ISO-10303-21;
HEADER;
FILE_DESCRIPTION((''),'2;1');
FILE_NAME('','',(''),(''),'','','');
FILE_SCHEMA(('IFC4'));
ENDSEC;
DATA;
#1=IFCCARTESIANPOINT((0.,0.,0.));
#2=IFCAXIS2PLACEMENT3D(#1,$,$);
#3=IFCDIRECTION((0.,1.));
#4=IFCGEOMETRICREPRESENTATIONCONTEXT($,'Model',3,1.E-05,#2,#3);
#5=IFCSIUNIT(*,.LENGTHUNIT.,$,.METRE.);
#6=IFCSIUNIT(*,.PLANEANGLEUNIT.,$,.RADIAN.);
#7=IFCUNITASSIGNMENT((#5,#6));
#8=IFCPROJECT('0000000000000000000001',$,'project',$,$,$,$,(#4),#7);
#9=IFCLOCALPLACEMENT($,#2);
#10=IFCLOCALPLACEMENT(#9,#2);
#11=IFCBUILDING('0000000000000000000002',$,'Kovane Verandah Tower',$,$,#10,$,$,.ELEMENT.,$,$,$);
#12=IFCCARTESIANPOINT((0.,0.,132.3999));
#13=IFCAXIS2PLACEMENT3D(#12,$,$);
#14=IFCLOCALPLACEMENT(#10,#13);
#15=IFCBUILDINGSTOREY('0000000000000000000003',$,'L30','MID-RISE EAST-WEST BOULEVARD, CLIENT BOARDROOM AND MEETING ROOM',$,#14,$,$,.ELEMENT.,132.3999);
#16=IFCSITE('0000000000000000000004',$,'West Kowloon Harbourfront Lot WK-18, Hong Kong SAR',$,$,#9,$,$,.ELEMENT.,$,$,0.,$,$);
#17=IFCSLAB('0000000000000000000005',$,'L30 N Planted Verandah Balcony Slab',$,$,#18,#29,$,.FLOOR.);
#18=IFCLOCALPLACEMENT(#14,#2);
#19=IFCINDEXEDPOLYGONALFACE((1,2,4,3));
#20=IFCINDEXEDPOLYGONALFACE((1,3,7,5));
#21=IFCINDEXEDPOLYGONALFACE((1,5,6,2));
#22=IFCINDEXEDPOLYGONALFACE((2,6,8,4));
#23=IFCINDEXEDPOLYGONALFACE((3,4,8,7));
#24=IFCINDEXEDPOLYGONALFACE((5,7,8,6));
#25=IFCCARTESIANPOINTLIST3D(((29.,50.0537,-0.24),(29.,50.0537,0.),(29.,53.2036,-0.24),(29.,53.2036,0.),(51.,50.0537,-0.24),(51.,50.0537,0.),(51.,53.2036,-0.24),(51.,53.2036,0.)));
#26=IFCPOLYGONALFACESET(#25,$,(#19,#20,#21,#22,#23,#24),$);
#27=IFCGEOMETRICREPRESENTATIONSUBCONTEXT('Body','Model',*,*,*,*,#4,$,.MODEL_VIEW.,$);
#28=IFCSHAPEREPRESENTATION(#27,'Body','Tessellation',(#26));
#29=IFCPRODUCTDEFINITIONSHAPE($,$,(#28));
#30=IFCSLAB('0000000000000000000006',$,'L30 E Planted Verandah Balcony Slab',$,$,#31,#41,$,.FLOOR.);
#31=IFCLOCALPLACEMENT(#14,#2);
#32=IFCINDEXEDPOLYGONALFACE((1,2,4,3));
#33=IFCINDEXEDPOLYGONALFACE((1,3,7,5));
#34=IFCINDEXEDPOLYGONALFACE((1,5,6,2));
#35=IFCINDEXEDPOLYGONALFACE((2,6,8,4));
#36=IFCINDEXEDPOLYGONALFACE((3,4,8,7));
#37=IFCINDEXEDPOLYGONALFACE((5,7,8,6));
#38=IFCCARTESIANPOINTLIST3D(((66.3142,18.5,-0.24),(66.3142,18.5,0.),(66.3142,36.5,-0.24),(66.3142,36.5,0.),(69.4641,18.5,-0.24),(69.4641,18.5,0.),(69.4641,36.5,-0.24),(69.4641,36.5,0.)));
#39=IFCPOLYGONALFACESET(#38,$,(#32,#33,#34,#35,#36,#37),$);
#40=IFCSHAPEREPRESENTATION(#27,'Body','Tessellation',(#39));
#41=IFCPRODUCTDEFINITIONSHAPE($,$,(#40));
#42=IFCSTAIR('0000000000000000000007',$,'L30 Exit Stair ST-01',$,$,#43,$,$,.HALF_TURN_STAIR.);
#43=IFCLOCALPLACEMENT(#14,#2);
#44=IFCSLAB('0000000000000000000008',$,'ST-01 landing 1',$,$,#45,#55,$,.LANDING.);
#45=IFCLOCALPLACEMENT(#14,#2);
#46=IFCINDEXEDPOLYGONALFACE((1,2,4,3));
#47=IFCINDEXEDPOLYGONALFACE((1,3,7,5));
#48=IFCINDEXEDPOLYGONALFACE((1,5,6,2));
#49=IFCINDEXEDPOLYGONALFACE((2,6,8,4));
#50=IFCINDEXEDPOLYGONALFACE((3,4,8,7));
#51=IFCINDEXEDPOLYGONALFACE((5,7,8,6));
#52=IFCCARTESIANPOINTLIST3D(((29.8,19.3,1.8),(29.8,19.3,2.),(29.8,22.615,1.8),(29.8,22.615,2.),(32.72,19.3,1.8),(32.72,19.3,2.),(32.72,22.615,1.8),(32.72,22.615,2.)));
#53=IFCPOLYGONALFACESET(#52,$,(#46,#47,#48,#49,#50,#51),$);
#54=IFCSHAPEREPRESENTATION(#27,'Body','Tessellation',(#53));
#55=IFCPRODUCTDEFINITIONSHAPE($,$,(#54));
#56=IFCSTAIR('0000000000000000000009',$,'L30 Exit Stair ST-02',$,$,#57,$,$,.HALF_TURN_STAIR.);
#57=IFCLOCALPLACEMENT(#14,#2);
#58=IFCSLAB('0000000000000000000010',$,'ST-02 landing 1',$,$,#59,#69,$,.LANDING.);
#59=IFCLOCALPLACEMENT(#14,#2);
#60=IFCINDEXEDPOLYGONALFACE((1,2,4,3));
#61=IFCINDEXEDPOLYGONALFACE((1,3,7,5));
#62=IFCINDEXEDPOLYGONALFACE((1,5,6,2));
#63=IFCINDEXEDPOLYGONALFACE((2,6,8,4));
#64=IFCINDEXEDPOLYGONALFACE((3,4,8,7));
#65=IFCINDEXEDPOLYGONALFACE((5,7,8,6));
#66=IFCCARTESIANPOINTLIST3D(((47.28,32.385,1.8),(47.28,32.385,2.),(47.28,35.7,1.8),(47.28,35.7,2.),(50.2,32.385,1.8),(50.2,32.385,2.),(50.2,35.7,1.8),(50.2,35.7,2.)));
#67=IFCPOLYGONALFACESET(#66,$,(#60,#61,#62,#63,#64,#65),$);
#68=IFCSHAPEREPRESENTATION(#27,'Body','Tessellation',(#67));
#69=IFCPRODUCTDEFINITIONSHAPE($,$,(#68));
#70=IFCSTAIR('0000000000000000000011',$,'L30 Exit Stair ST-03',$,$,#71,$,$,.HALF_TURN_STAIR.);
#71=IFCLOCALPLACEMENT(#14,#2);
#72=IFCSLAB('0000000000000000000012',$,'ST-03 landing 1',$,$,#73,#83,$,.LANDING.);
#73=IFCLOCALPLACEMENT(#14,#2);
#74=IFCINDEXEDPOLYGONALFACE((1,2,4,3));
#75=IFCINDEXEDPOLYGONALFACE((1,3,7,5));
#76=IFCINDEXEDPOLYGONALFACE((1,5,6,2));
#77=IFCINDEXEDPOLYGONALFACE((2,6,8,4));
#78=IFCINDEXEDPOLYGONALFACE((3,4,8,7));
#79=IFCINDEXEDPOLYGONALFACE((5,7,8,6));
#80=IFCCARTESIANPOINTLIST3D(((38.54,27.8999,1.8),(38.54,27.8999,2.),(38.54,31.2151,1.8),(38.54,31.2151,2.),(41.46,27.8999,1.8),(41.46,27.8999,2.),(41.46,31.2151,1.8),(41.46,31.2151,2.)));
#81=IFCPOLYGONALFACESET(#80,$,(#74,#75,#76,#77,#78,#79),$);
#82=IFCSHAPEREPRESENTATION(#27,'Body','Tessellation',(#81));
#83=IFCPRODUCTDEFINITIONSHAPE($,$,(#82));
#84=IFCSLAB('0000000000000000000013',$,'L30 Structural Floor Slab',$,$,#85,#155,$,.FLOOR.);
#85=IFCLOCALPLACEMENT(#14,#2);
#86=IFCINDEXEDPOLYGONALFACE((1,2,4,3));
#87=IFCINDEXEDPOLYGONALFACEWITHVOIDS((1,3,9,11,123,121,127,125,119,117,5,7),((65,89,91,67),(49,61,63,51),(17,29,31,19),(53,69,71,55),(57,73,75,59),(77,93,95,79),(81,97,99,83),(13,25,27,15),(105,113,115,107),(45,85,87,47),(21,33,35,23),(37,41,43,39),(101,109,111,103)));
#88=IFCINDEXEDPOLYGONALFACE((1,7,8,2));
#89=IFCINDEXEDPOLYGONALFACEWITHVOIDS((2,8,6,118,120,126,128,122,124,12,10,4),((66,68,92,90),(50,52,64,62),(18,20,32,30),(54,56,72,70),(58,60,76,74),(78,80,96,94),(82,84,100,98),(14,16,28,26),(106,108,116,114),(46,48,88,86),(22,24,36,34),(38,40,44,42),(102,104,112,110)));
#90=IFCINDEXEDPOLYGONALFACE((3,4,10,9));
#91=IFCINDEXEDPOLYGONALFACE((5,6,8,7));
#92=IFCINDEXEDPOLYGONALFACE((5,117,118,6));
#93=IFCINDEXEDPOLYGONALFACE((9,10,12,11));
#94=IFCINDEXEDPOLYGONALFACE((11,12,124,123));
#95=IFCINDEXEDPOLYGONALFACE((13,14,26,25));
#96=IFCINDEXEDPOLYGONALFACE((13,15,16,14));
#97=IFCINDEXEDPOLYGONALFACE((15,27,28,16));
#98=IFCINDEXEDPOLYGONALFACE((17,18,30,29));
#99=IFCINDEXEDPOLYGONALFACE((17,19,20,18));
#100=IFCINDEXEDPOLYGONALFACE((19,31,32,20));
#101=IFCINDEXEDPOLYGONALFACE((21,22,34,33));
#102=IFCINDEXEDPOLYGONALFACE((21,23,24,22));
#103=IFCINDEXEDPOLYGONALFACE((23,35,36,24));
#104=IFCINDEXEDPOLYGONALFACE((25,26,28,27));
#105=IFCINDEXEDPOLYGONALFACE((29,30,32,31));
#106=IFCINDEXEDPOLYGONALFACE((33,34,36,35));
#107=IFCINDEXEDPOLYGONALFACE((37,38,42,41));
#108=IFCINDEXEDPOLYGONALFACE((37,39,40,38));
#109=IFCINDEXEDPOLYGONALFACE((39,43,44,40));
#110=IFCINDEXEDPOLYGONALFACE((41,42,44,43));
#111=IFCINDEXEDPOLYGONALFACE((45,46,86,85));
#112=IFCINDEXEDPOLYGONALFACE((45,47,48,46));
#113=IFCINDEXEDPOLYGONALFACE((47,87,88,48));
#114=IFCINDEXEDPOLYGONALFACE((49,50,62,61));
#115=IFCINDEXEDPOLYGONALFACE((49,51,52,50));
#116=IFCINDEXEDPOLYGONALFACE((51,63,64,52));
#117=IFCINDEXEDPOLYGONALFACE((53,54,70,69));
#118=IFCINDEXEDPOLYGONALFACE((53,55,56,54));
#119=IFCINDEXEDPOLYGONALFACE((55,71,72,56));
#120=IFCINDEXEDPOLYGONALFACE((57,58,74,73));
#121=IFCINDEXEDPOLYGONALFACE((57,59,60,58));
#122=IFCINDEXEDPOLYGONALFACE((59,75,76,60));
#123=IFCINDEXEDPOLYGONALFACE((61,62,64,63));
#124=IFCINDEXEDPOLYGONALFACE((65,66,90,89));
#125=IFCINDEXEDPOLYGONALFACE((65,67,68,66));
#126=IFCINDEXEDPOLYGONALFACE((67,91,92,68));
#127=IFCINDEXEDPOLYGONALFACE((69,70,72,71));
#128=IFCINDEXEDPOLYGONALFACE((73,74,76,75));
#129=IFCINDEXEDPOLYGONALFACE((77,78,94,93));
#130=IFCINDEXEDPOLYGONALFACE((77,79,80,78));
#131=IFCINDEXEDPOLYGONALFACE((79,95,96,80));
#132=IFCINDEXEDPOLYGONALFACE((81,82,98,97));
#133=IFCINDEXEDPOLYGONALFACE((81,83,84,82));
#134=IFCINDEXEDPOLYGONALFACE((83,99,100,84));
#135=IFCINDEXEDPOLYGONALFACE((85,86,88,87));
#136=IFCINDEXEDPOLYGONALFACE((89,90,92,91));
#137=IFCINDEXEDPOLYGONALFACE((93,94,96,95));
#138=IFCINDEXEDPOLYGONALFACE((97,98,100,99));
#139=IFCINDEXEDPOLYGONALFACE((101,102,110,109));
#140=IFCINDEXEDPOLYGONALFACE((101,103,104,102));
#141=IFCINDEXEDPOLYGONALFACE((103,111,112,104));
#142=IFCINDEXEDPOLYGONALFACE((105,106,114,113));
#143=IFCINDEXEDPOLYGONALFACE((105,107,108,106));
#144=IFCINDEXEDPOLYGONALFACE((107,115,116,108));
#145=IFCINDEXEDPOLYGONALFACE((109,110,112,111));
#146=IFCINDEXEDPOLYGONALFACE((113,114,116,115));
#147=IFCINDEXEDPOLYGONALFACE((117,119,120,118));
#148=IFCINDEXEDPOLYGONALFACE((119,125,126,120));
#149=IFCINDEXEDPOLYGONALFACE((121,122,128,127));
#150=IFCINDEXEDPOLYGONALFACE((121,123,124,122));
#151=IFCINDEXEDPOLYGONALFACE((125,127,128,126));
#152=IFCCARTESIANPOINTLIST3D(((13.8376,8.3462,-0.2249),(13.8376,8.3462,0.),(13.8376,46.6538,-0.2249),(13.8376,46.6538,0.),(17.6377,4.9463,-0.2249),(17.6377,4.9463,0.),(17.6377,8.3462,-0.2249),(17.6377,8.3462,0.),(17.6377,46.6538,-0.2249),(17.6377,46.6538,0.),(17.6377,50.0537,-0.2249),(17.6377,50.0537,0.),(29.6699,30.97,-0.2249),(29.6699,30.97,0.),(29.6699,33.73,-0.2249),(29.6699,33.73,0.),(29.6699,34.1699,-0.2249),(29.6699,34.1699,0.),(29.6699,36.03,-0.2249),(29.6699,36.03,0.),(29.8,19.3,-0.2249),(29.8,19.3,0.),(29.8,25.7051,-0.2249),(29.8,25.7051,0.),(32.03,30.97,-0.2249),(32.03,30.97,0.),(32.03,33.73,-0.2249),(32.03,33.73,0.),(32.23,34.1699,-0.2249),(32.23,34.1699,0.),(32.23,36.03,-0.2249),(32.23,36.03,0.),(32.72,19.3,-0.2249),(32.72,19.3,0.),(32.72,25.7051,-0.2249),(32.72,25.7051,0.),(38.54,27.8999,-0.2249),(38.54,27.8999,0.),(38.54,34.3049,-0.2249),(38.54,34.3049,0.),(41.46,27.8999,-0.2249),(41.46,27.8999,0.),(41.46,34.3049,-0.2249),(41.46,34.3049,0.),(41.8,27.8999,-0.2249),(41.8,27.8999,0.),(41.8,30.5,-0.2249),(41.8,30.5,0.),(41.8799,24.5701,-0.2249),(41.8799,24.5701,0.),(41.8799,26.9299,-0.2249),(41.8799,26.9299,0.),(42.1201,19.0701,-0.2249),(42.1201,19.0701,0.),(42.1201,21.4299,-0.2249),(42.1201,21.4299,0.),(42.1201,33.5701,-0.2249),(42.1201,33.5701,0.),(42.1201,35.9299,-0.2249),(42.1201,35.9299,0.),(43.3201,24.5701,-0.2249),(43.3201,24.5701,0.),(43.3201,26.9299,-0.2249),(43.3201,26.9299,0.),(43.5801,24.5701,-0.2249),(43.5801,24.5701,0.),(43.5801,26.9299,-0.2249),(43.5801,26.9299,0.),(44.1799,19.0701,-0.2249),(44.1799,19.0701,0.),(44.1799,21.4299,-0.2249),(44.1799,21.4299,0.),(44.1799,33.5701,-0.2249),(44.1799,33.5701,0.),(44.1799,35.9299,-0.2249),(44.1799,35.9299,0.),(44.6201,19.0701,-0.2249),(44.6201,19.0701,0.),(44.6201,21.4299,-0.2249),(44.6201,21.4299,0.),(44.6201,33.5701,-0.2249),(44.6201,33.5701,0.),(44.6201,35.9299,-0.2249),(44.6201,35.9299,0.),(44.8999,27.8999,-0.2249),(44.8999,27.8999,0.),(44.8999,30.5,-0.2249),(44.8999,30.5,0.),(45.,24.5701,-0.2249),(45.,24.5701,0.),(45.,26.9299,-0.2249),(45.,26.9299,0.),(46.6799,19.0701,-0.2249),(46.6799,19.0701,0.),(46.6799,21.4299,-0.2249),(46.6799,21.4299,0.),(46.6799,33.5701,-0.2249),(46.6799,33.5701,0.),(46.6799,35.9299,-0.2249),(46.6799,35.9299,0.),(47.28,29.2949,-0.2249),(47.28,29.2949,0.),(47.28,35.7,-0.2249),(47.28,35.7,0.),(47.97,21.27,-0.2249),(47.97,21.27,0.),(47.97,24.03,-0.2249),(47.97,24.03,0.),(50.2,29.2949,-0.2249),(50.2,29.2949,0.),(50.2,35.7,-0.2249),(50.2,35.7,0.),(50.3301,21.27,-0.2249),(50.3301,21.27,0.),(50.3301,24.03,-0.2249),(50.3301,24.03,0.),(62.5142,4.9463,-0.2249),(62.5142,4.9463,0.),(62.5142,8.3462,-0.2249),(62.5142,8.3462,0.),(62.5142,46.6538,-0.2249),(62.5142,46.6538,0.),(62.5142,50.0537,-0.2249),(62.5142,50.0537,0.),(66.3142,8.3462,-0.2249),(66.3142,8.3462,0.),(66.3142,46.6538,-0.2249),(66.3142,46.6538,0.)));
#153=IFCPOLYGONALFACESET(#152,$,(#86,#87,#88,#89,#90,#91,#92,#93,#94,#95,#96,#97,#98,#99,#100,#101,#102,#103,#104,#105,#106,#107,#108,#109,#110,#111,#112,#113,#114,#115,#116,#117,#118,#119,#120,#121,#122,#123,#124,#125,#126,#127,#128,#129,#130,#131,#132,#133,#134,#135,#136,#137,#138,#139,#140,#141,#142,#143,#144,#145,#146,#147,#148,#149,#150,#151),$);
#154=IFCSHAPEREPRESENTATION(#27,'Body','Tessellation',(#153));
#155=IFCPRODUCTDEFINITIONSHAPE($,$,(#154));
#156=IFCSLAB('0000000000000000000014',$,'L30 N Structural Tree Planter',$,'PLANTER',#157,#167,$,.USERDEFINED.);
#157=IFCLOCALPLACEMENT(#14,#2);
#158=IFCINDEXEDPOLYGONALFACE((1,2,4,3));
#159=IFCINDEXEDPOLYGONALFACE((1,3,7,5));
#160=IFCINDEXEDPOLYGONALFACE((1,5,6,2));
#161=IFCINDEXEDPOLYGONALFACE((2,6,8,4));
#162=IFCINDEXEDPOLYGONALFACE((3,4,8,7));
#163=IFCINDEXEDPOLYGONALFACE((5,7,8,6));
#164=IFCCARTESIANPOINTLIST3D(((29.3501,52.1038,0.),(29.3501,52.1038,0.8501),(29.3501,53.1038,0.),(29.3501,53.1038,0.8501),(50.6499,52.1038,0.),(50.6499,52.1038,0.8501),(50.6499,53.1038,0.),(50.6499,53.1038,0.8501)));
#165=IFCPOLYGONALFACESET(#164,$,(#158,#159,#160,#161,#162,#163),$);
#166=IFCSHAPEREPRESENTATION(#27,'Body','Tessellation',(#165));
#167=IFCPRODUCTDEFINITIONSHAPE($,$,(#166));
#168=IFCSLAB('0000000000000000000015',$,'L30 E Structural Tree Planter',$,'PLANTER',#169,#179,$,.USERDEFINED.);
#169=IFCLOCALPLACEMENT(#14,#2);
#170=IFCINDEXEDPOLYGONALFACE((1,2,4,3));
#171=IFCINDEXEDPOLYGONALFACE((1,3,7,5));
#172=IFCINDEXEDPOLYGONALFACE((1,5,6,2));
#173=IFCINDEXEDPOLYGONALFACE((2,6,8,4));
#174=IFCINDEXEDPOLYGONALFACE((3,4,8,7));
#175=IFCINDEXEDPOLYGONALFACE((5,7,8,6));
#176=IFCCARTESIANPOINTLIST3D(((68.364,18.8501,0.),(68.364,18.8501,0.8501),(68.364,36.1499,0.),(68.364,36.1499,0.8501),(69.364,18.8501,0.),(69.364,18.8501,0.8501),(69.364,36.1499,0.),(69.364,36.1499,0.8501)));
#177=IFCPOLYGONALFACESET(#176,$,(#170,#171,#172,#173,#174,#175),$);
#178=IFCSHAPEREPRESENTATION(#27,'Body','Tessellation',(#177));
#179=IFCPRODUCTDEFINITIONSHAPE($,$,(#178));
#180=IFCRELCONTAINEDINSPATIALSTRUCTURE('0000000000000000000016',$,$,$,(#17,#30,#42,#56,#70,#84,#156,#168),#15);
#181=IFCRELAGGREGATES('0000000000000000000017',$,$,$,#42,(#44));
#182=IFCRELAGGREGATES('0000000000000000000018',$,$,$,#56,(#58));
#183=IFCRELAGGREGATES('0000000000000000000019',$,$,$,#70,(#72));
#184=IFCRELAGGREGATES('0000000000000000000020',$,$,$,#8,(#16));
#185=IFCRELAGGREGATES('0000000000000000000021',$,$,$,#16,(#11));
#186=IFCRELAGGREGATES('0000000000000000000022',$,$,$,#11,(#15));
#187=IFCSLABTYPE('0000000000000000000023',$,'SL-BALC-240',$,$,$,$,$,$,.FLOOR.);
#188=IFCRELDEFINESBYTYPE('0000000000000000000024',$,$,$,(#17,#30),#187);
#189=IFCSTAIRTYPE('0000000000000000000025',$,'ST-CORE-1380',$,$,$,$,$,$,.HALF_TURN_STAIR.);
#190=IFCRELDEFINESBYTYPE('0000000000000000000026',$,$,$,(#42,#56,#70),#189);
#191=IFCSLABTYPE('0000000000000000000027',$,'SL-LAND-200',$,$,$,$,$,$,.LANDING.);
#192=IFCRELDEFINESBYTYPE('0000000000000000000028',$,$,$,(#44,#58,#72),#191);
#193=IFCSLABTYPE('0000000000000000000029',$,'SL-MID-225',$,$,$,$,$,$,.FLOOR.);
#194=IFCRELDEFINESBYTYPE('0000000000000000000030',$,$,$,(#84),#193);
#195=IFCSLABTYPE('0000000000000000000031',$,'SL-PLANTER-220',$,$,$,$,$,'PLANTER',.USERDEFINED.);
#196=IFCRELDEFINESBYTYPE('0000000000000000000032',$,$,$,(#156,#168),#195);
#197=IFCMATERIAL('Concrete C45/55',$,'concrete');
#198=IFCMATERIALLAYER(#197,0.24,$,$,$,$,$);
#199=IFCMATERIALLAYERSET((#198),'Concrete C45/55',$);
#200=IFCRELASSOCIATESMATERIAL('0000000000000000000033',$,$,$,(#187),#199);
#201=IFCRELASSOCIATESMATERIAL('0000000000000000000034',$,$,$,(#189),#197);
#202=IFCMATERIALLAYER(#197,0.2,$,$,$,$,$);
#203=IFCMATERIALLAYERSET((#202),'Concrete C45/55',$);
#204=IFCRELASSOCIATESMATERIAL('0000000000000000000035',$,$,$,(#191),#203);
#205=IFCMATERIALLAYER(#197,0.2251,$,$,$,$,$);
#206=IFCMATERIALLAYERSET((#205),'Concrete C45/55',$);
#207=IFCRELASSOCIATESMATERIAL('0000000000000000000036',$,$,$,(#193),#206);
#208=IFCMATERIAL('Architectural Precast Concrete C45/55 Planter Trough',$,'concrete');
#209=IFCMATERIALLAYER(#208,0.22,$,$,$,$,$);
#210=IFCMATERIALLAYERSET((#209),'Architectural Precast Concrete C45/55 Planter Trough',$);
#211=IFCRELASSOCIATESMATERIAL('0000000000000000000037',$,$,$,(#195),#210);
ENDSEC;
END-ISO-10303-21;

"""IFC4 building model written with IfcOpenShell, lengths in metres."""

from ifc_helpers import new_model, si_unit, direction, frame, origin, place, context, subcontext, project, spatial, polyline, outline, extrude, material, layer, layer_set, type_object, element, aggregate, save


model = new_model("IFC4")

# Units and contexts
model_context = context("Model", 3, precision=1e-05, world=origin(), true_north=direction((0.0, 1.0)))
body_context = subcontext(model_context, "Body", "Model", "MODEL_VIEW")
ifc_project = project(units=[si_unit("LENGTHUNIT", "METRE"), si_unit("PLANEANGLEUNIT", "RADIAN")], contexts=[model_context])

# Site, building, storey
site_placement = place(None, origin())
site = spatial("IfcSite", under=ifc_project, at=site_placement, Name="West Kowloon Harbourfront Lot WK-18, Hong Kong SAR", CompositionType="ELEMENT", RefElevation=0.0)
building_placement = place(site_placement, origin())
building = spatial("IfcBuilding", under=site, at=building_placement, Name="Kovane Verandah Tower", CompositionType="ELEMENT")
storey_placement = place(building_placement, frame((0.0, 0.0, 132.3999)))
storey = spatial("IfcBuildingStorey", under=building, at=storey_placement, Name="L30", Description="MID-RISE EAST-WEST BOULEVARD, CLIENT BOARDROOM AND MEETING ROOM", CompositionType="ELEMENT", Elevation=132.3999)

# Slabs
ifc_material_1 = material(Name="Concrete C45/55", Category="concrete")
ifc_layer_1 = layer(ifc_material_1, 0.24)
ifc_layer_set_1 = layer_set([ifc_layer_1], Name="Concrete C45/55")
slab_type_1 = type_object("IfcSlabType", Name="SL-BALC-240", PredefinedType="FLOOR", material=ifc_layer_set_1)
slab_1_placement = place(storey_placement, frame((0.0, 0.0, -0.24)))
element("IfcSlab", 1, at=slab_1_placement, inside=storey, type_object=slab_type_1, Name="L30 N Planted Verandah Balcony Slab", PredefinedType="FLOOR", context=body_context, shape_type="SweptSolid", body=[
    extrude(outline(polyline([(29.0, 50.0537), (51.0, 50.0537), (51.0, 53.2036), (29.0, 53.2036), (29.0, 50.0537)])), origin(), (0.0, 0.0, 1.0), 0.24),
])
slab_2_placement = place(storey_placement, frame((0.0, 0.0, -0.24)))
element("IfcSlab", 2, at=slab_2_placement, inside=storey, type_object=slab_type_1, Name="L30 E Planted Verandah Balcony Slab", PredefinedType="FLOOR", context=body_context, shape_type="SweptSolid", body=[
    extrude(outline(polyline([(66.3142, 18.5), (69.4641, 18.5), (69.4641, 36.5), (66.3142, 36.5), (66.3142, 18.5)])), origin(), (0.0, 0.0, 1.0), 0.24),
])

# Stairs, slabs
stair_type = type_object("IfcStairType", Name="ST-CORE-1380", PredefinedType="HALF_TURN_STAIR", material=ifc_material_1)
stair_1_placement = place(storey_placement, origin())
stair_1 = element("IfcStair", 3, at=stair_1_placement, inside=storey, type_object=stair_type, Name="L30 Exit Stair ST-01", PredefinedType="HALF_TURN_STAIR")
ifc_layer_2 = layer(ifc_material_1, 0.2)
ifc_layer_set_2 = layer_set([ifc_layer_2], Name="Concrete C45/55")
slab_type_2 = type_object("IfcSlabType", Name="SL-LAND-200", PredefinedType="LANDING", material=ifc_layer_set_2)
slab_3_placement = place(storey_placement, frame((0.0, 0.0, 1.8)))
slab_3 = element("IfcSlab", 4, at=slab_3_placement, type_object=slab_type_2, Name="ST-01 landing 1", PredefinedType="LANDING", context=body_context, shape_type="SweptSolid", body=[
    extrude(outline(polyline([(29.8, 22.615), (29.8, 19.3), (32.72, 19.3), (32.72, 22.615), (29.8, 22.615)])), origin(), (0.0, 0.0, 1.0), 0.2),
])
aggregate(stair_1, [slab_3])
stair_2_placement = place(storey_placement, origin())
stair_2 = element("IfcStair", 5, at=stair_2_placement, inside=storey, type_object=stair_type, Name="L30 Exit Stair ST-02", PredefinedType="HALF_TURN_STAIR")
slab_4_placement = place(storey_placement, frame((0.0, 0.0, 1.8)))
slab_4 = element("IfcSlab", 6, at=slab_4_placement, type_object=slab_type_2, Name="ST-02 landing 1", PredefinedType="LANDING", context=body_context, shape_type="SweptSolid", body=[
    extrude(outline(polyline([(50.2, 32.385), (50.2, 35.7), (47.28, 35.7), (47.28, 32.385), (50.2, 32.385)])), origin(), (0.0, 0.0, 1.0), 0.2),
])
aggregate(stair_2, [slab_4])
stair_3_placement = place(storey_placement, origin())
stair_3 = element("IfcStair", 7, at=stair_3_placement, inside=storey, type_object=stair_type, Name="L30 Exit Stair ST-03", PredefinedType="HALF_TURN_STAIR")
slab_5_placement = place(storey_placement, frame((0.0, 0.0, 1.8)))
slab_5 = element("IfcSlab", 8, at=slab_5_placement, type_object=slab_type_2, Name="ST-03 landing 1", PredefinedType="LANDING", context=body_context, shape_type="SweptSolid", body=[
    extrude(outline(polyline([(38.54, 31.2151), (38.54, 27.8999), (41.46, 27.8999), (41.46, 31.2151), (38.54, 31.2151)])), origin(), (0.0, 0.0, 1.0), 0.2),
])
aggregate(stair_3, [slab_5])

# Slabs
ifc_layer_3 = layer(ifc_material_1, 0.2251)
ifc_layer_set_3 = layer_set([ifc_layer_3], Name="Concrete C45/55")
slab_type_3 = type_object("IfcSlabType", Name="SL-MID-225", PredefinedType="FLOOR", material=ifc_layer_set_3)
slab_6_placement = place(storey_placement, frame((0.0, 0.0, -0.2249)))
element("IfcSlab", 9, at=slab_6_placement, inside=storey, type_object=slab_type_3, Name="L30 Structural Floor Slab", PredefinedType="FLOOR", context=body_context, shape_type="SweptSolid", body=[
    extrude(outline(polyline([(17.6377, 4.9463), (62.5142, 4.9463), (62.5142, 8.3462), (66.3142, 8.3462), (66.3142, 46.6538), (62.5142, 46.6538), (62.5142, 50.0537), (17.6377, 50.0537), (17.6377, 46.6538), (13.8376, 46.6538), (13.8376, 8.3462), (17.6377, 8.3462), (17.6377, 4.9463)]), holes=[polyline([(29.8, 19.3), (32.72, 19.3), (32.72, 25.7051), (29.8, 25.7051), (29.8, 19.3)]), polyline([(47.28, 29.2949), (50.2, 29.2949), (50.2, 35.7), (47.28, 35.7), (47.28, 29.2949)]), polyline([(38.54, 27.8999), (41.46, 27.8999), (41.46, 34.3049), (38.54, 34.3049), (38.54, 27.8999)]), polyline([(29.6699, 30.97), (32.03, 30.97), (32.03, 33.73), (29.6699, 33.73), (29.6699, 30.97)]), polyline([(47.97, 21.27), (50.3301, 21.27), (50.3301, 24.03), (47.97, 24.03), (47.97, 21.27)]), polyline([(29.6699, 34.1699), (32.23, 34.1699), (32.23, 36.03), (29.6699, 36.03), (29.6699, 34.1699)]), polyline([(42.1201, 19.0701), (44.1799, 19.0701), (44.1799, 21.4299), (42.1201, 21.4299), (42.1201, 19.0701)]), polyline([(44.6201, 19.0701), (46.6799, 19.0701), (46.6799, 21.4299), (44.6201, 21.4299), (44.6201, 19.0701)]), polyline([(41.8799, 24.5701), (43.3201, 24.5701), (43.3201, 26.9299), (41.8799, 26.9299), (41.8799, 24.5701)]), polyline([(43.5801, 24.5701), (45.0, 24.5701), (45.0, 26.9299), (43.5801, 26.9299), (43.5801, 24.5701)]), polyline([(42.1201, 33.5701), (44.1799, 33.5701), (44.1799, 35.9299), (42.1201, 35.9299), (42.1201, 33.5701)]), polyline([(44.6201, 33.5701), (46.6799, 33.5701), (46.6799, 35.9299), (44.6201, 35.9299), (44.6201, 33.5701)]), polyline([(41.8, 27.8999), (44.8999, 27.8999), (44.8999, 30.5), (41.8, 30.5), (41.8, 27.8999)])]), origin(), (0.0, 0.0, 1.0), 0.2249),
])
ifc_material_2 = material(Name="Architectural Precast Concrete C45/55 Planter Trough", Category="concrete")
ifc_layer_4 = layer(ifc_material_2, 0.22)
ifc_layer_set_4 = layer_set([ifc_layer_4], Name="Architectural Precast Concrete C45/55 Planter Trough")
slab_type_4 = type_object("IfcSlabType", Name="SL-PLANTER-220", ElementType="PLANTER", PredefinedType="USERDEFINED", material=ifc_layer_set_4)
slab_7_placement = place(storey_placement, origin())
element("IfcSlab", 10, at=slab_7_placement, inside=storey, type_object=slab_type_4, Name="L30 N Structural Tree Planter", ObjectType="PLANTER", PredefinedType="USERDEFINED", context=body_context, shape_type="SweptSolid", body=[
    extrude(outline(polyline([(29.3501, 52.1038), (50.6499, 52.1038), (50.6499, 53.1038), (29.3501, 53.1038), (29.3501, 52.1038)])), origin(), (0.0, 0.0, 1.0), 0.8501),
])
slab_8_placement = place(storey_placement, origin())
element("IfcSlab", 11, at=slab_8_placement, inside=storey, type_object=slab_type_4, Name="L30 E Structural Tree Planter", ObjectType="PLANTER", PredefinedType="USERDEFINED", context=body_context, shape_type="SweptSolid", body=[
    extrude(outline(polyline([(68.364, 18.8501), (69.364, 18.8501), (69.364, 36.1499), (68.364, 36.1499), (68.364, 18.8501)])), origin(), (0.0, 0.0, 1.0), 0.8501),
])

save(model, "model.ifc")
